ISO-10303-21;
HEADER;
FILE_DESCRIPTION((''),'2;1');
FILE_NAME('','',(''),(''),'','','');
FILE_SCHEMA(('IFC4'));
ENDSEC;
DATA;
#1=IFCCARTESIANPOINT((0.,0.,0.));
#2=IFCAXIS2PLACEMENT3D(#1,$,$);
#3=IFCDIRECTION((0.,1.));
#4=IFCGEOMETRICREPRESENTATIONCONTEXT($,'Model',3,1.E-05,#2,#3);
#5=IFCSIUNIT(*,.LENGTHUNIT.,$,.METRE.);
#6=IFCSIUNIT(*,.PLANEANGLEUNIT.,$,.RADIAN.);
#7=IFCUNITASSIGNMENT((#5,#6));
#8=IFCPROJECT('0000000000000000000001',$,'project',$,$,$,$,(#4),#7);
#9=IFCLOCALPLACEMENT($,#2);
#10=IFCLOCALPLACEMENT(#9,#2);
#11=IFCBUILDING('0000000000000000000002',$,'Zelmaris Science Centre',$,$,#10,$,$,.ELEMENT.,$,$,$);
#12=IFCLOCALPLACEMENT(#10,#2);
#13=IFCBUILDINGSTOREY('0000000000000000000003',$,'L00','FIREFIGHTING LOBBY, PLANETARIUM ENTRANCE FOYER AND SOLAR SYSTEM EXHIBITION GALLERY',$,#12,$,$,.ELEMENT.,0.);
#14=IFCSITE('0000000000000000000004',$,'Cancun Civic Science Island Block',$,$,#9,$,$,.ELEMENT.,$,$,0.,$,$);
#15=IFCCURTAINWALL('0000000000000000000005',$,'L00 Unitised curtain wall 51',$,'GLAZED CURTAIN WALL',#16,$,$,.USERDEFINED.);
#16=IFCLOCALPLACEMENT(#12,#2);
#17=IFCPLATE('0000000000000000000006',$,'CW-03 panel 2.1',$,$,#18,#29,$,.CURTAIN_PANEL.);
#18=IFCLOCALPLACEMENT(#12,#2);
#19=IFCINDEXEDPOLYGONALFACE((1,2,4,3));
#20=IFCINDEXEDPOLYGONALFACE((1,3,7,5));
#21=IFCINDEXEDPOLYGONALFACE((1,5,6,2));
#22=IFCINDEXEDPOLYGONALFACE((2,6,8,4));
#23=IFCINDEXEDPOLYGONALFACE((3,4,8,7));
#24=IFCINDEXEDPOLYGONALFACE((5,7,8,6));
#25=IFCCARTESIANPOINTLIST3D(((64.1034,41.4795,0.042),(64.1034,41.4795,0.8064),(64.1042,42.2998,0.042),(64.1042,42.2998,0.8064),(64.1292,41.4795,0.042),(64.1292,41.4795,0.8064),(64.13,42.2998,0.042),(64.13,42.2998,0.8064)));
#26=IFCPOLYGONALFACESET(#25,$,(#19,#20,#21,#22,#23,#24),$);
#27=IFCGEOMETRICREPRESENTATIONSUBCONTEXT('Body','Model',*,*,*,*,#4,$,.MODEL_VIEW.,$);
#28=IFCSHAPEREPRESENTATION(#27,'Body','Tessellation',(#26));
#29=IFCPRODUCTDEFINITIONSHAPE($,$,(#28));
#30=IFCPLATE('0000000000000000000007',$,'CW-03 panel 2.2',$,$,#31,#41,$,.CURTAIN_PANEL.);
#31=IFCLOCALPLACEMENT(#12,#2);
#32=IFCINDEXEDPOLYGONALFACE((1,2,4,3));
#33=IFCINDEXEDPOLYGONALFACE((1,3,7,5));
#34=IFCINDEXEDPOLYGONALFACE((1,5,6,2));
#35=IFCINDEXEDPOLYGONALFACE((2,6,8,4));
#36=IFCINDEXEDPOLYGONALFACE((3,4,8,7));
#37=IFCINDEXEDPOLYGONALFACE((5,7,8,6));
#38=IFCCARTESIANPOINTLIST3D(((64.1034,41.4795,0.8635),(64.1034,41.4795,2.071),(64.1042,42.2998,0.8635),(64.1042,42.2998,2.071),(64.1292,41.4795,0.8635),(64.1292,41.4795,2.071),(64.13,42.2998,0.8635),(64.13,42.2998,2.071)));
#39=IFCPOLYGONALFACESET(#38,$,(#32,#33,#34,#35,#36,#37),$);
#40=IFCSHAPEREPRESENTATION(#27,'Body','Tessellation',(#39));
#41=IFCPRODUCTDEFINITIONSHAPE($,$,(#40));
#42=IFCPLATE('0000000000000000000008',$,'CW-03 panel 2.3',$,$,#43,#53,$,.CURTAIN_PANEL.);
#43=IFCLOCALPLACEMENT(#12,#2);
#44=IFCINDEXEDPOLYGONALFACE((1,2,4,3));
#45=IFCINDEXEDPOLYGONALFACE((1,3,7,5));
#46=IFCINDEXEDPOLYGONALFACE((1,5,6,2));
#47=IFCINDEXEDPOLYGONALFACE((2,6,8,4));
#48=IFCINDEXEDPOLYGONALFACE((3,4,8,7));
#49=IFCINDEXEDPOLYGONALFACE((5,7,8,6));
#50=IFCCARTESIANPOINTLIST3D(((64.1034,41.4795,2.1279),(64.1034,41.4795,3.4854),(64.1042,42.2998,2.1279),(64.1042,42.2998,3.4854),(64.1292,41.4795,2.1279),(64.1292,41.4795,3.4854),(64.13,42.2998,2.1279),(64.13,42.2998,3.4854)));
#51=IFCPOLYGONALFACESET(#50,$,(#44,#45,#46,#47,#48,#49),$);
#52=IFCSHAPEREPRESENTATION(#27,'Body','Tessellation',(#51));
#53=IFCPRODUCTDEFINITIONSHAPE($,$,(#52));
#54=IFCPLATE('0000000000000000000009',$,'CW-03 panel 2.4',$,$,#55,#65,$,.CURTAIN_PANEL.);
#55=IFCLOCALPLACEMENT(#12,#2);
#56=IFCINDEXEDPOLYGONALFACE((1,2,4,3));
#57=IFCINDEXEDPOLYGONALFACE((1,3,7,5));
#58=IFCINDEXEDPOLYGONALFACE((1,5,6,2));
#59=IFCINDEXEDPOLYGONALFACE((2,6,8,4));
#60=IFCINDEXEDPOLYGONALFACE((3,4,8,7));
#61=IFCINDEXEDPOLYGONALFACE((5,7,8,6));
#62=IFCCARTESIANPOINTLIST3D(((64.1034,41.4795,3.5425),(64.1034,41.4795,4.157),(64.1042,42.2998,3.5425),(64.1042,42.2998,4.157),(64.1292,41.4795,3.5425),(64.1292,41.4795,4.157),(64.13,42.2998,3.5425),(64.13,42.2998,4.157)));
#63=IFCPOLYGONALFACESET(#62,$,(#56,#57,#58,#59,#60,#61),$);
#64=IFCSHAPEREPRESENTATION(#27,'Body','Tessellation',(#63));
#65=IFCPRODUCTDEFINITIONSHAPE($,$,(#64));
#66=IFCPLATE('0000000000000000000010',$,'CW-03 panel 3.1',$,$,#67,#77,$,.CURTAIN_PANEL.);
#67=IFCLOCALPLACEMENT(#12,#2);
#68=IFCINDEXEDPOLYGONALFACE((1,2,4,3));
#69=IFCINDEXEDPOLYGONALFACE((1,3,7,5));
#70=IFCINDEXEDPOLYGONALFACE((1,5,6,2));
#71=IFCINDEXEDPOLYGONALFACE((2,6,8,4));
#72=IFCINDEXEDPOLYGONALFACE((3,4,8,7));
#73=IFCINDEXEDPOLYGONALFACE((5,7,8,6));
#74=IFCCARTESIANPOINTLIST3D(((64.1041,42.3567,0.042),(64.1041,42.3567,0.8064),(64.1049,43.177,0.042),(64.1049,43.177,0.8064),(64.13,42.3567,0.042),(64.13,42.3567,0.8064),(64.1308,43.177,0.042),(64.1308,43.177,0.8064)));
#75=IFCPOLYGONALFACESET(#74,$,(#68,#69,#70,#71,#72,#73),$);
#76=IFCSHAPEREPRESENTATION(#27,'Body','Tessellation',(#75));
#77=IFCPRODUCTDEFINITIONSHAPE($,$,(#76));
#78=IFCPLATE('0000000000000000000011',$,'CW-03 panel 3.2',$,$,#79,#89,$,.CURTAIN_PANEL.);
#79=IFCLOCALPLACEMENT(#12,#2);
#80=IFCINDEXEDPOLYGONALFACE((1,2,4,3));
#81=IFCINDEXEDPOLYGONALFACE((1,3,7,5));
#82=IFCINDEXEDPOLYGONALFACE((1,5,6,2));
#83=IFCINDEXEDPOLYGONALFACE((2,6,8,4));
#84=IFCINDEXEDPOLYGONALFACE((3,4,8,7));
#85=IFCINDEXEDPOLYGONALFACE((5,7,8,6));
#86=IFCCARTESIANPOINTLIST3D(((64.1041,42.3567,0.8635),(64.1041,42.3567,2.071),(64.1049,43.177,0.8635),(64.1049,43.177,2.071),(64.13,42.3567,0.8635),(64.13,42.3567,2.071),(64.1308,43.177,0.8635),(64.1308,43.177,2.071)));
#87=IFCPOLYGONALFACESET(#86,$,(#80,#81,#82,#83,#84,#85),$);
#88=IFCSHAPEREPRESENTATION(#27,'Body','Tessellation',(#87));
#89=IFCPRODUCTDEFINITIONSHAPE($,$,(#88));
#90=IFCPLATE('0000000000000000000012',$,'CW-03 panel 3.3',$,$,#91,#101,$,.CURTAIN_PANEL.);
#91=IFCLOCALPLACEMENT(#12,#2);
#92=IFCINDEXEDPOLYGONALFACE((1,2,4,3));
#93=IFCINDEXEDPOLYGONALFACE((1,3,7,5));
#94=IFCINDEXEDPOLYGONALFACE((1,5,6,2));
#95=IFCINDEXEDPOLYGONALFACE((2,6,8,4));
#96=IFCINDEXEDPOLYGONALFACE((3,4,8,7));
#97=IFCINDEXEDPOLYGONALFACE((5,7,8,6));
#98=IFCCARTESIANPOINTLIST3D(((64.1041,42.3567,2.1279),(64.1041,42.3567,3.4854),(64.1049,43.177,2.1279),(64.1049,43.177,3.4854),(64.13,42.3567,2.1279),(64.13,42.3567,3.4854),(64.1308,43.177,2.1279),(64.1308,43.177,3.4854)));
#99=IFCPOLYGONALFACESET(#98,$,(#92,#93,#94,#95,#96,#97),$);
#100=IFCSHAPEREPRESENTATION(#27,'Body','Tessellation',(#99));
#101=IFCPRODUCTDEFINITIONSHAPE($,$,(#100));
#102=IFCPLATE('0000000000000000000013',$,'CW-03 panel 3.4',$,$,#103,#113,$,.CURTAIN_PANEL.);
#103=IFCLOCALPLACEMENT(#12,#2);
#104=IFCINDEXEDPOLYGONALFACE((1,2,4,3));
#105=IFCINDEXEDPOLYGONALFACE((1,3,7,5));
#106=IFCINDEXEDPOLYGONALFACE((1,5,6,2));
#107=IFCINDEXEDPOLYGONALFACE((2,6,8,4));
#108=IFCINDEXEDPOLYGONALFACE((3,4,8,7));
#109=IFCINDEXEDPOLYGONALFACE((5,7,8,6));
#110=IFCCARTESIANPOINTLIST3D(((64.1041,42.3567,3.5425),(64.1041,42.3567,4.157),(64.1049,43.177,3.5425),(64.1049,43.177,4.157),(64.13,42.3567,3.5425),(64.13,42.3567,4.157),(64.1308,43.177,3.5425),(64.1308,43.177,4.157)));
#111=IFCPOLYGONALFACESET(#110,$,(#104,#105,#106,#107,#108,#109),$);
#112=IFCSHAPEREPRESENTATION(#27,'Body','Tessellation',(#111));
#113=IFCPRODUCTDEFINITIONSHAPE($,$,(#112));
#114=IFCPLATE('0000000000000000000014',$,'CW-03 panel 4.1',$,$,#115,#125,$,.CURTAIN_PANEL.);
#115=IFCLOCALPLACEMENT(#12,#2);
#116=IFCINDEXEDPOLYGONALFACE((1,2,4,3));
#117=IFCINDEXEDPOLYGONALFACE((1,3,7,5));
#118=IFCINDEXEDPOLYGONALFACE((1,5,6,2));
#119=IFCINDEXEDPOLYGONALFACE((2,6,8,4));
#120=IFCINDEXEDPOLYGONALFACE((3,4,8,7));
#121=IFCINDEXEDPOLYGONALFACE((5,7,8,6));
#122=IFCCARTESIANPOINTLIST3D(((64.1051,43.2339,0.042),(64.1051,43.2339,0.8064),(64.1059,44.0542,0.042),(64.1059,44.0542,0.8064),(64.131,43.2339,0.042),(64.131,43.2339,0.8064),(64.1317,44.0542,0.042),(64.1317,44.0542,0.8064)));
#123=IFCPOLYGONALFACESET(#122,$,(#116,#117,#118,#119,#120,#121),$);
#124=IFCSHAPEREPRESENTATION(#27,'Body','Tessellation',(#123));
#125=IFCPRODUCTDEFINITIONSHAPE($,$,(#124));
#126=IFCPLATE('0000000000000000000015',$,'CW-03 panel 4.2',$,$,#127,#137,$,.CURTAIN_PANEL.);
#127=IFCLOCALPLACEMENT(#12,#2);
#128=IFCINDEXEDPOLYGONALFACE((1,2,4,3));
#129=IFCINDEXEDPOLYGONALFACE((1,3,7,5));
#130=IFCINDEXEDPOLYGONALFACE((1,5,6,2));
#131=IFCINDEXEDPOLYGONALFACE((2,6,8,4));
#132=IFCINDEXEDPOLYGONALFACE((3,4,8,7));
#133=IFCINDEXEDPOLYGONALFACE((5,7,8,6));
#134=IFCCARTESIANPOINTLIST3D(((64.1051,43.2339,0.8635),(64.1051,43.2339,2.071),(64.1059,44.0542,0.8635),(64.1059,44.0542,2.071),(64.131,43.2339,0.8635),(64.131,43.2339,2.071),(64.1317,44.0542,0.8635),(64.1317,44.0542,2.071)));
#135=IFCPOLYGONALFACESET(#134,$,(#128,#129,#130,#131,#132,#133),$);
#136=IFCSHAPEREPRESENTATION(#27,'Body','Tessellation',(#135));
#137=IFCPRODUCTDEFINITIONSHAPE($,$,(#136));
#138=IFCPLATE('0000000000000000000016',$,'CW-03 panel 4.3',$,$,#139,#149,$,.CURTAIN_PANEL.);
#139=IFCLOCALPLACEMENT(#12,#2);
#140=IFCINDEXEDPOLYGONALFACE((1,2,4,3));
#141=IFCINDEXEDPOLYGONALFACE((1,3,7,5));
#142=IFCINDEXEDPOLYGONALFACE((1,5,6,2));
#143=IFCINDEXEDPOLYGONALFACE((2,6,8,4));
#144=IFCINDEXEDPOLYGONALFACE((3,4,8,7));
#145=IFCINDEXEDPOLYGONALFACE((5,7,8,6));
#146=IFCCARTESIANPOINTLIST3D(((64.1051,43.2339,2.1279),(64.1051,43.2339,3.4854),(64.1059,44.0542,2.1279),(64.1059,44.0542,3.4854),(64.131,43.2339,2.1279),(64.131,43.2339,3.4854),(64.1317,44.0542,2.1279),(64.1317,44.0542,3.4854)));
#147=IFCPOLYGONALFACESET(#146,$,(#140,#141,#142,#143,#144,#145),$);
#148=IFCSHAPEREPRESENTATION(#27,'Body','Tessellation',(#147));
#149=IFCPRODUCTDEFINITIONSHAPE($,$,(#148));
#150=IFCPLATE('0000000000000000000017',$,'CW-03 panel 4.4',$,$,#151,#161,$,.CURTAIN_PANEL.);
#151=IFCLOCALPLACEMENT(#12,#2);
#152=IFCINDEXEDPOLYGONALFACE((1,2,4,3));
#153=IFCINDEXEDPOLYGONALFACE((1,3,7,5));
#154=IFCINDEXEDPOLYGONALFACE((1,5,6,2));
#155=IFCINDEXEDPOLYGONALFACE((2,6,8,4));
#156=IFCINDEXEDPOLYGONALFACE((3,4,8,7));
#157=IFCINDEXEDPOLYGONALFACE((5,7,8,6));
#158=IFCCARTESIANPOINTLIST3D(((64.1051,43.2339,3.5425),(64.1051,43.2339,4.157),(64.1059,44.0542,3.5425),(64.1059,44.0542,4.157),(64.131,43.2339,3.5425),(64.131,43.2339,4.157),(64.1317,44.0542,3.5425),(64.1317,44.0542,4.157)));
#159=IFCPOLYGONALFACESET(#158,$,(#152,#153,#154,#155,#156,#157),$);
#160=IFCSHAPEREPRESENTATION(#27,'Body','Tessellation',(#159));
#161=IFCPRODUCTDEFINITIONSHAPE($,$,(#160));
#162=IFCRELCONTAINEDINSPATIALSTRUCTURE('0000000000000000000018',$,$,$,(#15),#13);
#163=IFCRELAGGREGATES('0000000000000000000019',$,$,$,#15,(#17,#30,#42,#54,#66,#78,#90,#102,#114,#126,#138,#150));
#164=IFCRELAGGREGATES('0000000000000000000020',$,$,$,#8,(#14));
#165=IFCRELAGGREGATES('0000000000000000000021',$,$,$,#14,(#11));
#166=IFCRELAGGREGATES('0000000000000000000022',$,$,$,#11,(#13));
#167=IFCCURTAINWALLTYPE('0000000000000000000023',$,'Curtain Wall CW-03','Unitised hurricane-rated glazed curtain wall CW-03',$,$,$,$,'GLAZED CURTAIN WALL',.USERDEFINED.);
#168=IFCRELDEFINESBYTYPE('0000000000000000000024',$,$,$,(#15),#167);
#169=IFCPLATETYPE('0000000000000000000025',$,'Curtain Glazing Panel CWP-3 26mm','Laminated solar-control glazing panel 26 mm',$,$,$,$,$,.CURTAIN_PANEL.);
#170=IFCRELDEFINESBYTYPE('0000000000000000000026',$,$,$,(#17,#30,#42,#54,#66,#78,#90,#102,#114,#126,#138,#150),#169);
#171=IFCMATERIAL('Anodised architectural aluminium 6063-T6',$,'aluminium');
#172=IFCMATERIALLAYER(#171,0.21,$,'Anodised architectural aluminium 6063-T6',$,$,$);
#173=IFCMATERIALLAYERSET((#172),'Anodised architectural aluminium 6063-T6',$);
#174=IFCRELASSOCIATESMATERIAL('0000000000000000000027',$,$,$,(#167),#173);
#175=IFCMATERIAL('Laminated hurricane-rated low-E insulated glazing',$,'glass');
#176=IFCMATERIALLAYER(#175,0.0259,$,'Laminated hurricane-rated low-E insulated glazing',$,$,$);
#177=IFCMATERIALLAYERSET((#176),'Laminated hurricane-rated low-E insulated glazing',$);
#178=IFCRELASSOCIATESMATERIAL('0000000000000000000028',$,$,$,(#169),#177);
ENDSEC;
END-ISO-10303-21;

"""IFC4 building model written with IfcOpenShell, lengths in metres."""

from ifc_helpers import new_model, si_unit, direction, frame, origin, origin_2d, place, context, subcontext, project, spatial, rectangle, extrude, material, layer, layer_set, type_object, element, aggregate, save


model = new_model("IFC4")

# Units and contexts
model_context = context("Model", 3, precision=1e-05, world=origin(), true_north=direction((0.0, 1.0)))
body_context = subcontext(model_context, "Body", "Model", "MODEL_VIEW")
ifc_project = project(units=[si_unit("LENGTHUNIT", "METRE"), si_unit("PLANEANGLEUNIT", "RADIAN")], contexts=[model_context])

# Site, building, storey
site_placement = place(None, origin())
site = spatial("IfcSite", under=ifc_project, at=site_placement, Name="Cancun Civic Science Island Block", CompositionType="ELEMENT", RefElevation=0.0)
building_placement = place(site_placement, origin())
building = spatial("IfcBuilding", under=site, at=building_placement, Name="Zelmaris Science Centre", CompositionType="ELEMENT")
storey_placement = place(building_placement, origin())
storey = spatial("IfcBuildingStorey", under=building, at=storey_placement, Name="L00", Description="FIREFIGHTING LOBBY, PLANETARIUM ENTRANCE FOYER AND SOLAR SYSTEM EXHIBITION GALLERY", CompositionType="ELEMENT", Elevation=0.0)

# Curtain wall, plates
ifc_material_1 = material(Name="Anodised architectural aluminium 6063-T6", Category="aluminium")
ifc_layer_1 = layer(ifc_material_1, 0.21, Name="Anodised architectural aluminium 6063-T6")
ifc_layer_set_1 = layer_set([ifc_layer_1], Name="Anodised architectural aluminium 6063-T6")
curtain_wall_type = type_object("IfcCurtainWallType", Name="Curtain Wall CW-03", Description="Unitised hurricane-rated glazed curtain wall CW-03", ElementType="GLAZED CURTAIN WALL", PredefinedType="USERDEFINED", material=ifc_layer_set_1)
curtain_wall_placement = place(storey_placement, origin())
curtain_wall = element("IfcCurtainWall", 1, at=curtain_wall_placement, inside=storey, type_object=curtain_wall_type, Name="L00 Unitised curtain wall 51", ObjectType="GLAZED CURTAIN WALL", PredefinedType="USERDEFINED")
ifc_material_2 = material(Name="Laminated hurricane-rated low-E insulated glazing", Category="glass")
ifc_layer_2 = layer(ifc_material_2, 0.0259, Name="Laminated hurricane-rated low-E insulated glazing")
ifc_layer_set_2 = layer_set([ifc_layer_2], Name="Laminated hurricane-rated low-E insulated glazing")
plate_type = type_object("IfcPlateType", Name="Curtain Glazing Panel CWP-3 26mm", Description="Laminated solar-control glazing panel 26 mm", PredefinedType="CURTAIN_PANEL", material=ifc_layer_set_2)
plate_1_placement = place(storey_placement, frame((64.1167, 41.8896, 0.042), z_axis=(0.0, 0.0, 1.0), x_axis=(0.000958, 1.0, 0.0)))
plate_1 = element("IfcPlate", 2, at=plate_1_placement, type_object=plate_type, Name="CW-03 panel 2.1", PredefinedType="CURTAIN_PANEL", context=body_context, shape_type="SweptSolid", body=[
    extrude(rectangle(XDim=0.8203, YDim=0.0259, at=origin_2d()), origin(), (0.0, 0.0, 1.0), 0.7644),
])
plate_2_placement = place(storey_placement, frame((64.1167, 41.8896, 0.8635), z_axis=(0.0, 0.0, 1.0), x_axis=(0.000958, 1.0, 0.0)))
plate_2 = element("IfcPlate", 3, at=plate_2_placement, type_object=plate_type, Name="CW-03 panel 2.2", PredefinedType="CURTAIN_PANEL", context=body_context, shape_type="SweptSolid", body=[
    extrude(rectangle(XDim=0.8203, YDim=0.0259, at=origin_2d()), origin(), (0.0, 0.0, 1.0), 1.2075),
])
plate_3_placement = place(storey_placement, frame((64.1167, 41.8896, 2.1279), z_axis=(0.0, 0.0, 1.0), x_axis=(0.000958, 1.0, 0.0)))
plate_3 = element("IfcPlate", 4, at=plate_3_placement, type_object=plate_type, Name="CW-03 panel 2.3", PredefinedType="CURTAIN_PANEL", context=body_context, shape_type="SweptSolid", body=[
    extrude(rectangle(XDim=0.8203, YDim=0.0259, at=origin_2d()), origin(), (0.0, 0.0, 1.0), 1.3574),
])
plate_4_placement = place(storey_placement, frame((64.1167, 41.8896, 3.5425), z_axis=(0.0, 0.0, 1.0), x_axis=(0.000958, 1.0, 0.0)))
plate_4 = element("IfcPlate", 5, at=plate_4_placement, type_object=plate_type, Name="CW-03 panel 2.4", PredefinedType="CURTAIN_PANEL", context=body_context, shape_type="SweptSolid", body=[
    extrude(rectangle(XDim=0.8203, YDim=0.0259, at=origin_2d()), origin(), (0.0, 0.0, 1.0), 0.6145),
])
plate_5_placement = place(storey_placement, frame((64.1174, 42.7668, 0.042), z_axis=(0.0, 0.0, 1.0), x_axis=(0.000958, 1.0, 0.0)))
plate_5 = element("IfcPlate", 6, at=plate_5_placement, type_object=plate_type, Name="CW-03 panel 3.1", PredefinedType="CURTAIN_PANEL", context=body_context, shape_type="SweptSolid", body=[
    extrude(rectangle(XDim=0.8203, YDim=0.0259, at=origin_2d()), origin(), (0.0, 0.0, 1.0), 0.7644),
])
plate_6_placement = place(storey_placement, frame((64.1174, 42.7668, 0.8635), z_axis=(0.0, 0.0, 1.0), x_axis=(0.000958, 1.0, 0.0)))
plate_6 = element("IfcPlate", 7, at=plate_6_placement, type_object=plate_type, Name="CW-03 panel 3.2", PredefinedType="CURTAIN_PANEL", context=body_context, shape_type="SweptSolid", body=[
    extrude(rectangle(XDim=0.8203, YDim=0.0259, at=origin_2d()), origin(), (0.0, 0.0, 1.0), 1.2075),
])
plate_7_placement = place(storey_placement, frame((64.1174, 42.7668, 2.1279), z_axis=(0.0, 0.0, 1.0), x_axis=(0.000958, 1.0, 0.0)))
plate_7 = element("IfcPlate", 8, at=plate_7_placement, type_object=plate_type, Name="CW-03 panel 3.3", PredefinedType="CURTAIN_PANEL", context=body_context, shape_type="SweptSolid", body=[
    extrude(rectangle(XDim=0.8203, YDim=0.0259, at=origin_2d()), origin(), (0.0, 0.0, 1.0), 1.3574),
])
plate_8_placement = place(storey_placement, frame((64.1174, 42.7668, 3.5425), z_axis=(0.0, 0.0, 1.0), x_axis=(0.000958, 1.0, 0.0)))
plate_8 = element("IfcPlate", 9, at=plate_8_placement, type_object=plate_type, Name="CW-03 panel 3.4", PredefinedType="CURTAIN_PANEL", context=body_context, shape_type="SweptSolid", body=[
    extrude(rectangle(XDim=0.8203, YDim=0.0259, at=origin_2d()), origin(), (0.0, 0.0, 1.0), 0.6145),
])
plate_9_placement = place(storey_placement, frame((64.1184, 43.644, 0.042), z_axis=(0.0, 0.0, 1.0), x_axis=(0.000958, 1.0, 0.0)))
plate_9 = element("IfcPlate", 10, at=plate_9_placement, type_object=plate_type, Name="CW-03 panel 4.1", PredefinedType="CURTAIN_PANEL", context=body_context, shape_type="SweptSolid", body=[
    extrude(rectangle(XDim=0.8203, YDim=0.0259, at=origin_2d()), origin(), (0.0, 0.0, 1.0), 0.7644),
])
plate_10_placement = place(storey_placement, frame((64.1184, 43.644, 0.8635), z_axis=(0.0, 0.0, 1.0), x_axis=(0.000958, 1.0, 0.0)))
plate_10 = element("IfcPlate", 11, at=plate_10_placement, type_object=plate_type, Name="CW-03 panel 4.2", PredefinedType="CURTAIN_PANEL", context=body_context, shape_type="SweptSolid", body=[
    extrude(rectangle(XDim=0.8203, YDim=0.0259, at=origin_2d()), origin(), (0.0, 0.0, 1.0), 1.2075),
])
plate_11_placement = place(storey_placement, frame((64.1184, 43.644, 2.1279), z_axis=(0.0, 0.0, 1.0), x_axis=(0.000958, 1.0, 0.0)))
plate_11 = element("IfcPlate", 12, at=plate_11_placement, type_object=plate_type, Name="CW-03 panel 4.3", PredefinedType="CURTAIN_PANEL", context=body_context, shape_type="SweptSolid", body=[
    extrude(rectangle(XDim=0.8203, YDim=0.0259, at=origin_2d()), origin(), (0.0, 0.0, 1.0), 1.3574),
])
plate_12_placement = place(storey_placement, frame((64.1184, 43.644, 3.5425), z_axis=(0.0, 0.0, 1.0), x_axis=(0.000958, 1.0, 0.0)))
plate_12 = element("IfcPlate", 13, at=plate_12_placement, type_object=plate_type, Name="CW-03 panel 4.4", PredefinedType="CURTAIN_PANEL", context=body_context, shape_type="SweptSolid", body=[
    extrude(rectangle(XDim=0.8203, YDim=0.0259, at=origin_2d()), origin(), (0.0, 0.0, 1.0), 0.6145),
])
aggregate(curtain_wall, [plate_1, plate_2, plate_3, plate_4, plate_5, plate_6, plate_7, plate_8, plate_9, plate_10, plate_11, plate_12])

save(model, "model.ifc")
